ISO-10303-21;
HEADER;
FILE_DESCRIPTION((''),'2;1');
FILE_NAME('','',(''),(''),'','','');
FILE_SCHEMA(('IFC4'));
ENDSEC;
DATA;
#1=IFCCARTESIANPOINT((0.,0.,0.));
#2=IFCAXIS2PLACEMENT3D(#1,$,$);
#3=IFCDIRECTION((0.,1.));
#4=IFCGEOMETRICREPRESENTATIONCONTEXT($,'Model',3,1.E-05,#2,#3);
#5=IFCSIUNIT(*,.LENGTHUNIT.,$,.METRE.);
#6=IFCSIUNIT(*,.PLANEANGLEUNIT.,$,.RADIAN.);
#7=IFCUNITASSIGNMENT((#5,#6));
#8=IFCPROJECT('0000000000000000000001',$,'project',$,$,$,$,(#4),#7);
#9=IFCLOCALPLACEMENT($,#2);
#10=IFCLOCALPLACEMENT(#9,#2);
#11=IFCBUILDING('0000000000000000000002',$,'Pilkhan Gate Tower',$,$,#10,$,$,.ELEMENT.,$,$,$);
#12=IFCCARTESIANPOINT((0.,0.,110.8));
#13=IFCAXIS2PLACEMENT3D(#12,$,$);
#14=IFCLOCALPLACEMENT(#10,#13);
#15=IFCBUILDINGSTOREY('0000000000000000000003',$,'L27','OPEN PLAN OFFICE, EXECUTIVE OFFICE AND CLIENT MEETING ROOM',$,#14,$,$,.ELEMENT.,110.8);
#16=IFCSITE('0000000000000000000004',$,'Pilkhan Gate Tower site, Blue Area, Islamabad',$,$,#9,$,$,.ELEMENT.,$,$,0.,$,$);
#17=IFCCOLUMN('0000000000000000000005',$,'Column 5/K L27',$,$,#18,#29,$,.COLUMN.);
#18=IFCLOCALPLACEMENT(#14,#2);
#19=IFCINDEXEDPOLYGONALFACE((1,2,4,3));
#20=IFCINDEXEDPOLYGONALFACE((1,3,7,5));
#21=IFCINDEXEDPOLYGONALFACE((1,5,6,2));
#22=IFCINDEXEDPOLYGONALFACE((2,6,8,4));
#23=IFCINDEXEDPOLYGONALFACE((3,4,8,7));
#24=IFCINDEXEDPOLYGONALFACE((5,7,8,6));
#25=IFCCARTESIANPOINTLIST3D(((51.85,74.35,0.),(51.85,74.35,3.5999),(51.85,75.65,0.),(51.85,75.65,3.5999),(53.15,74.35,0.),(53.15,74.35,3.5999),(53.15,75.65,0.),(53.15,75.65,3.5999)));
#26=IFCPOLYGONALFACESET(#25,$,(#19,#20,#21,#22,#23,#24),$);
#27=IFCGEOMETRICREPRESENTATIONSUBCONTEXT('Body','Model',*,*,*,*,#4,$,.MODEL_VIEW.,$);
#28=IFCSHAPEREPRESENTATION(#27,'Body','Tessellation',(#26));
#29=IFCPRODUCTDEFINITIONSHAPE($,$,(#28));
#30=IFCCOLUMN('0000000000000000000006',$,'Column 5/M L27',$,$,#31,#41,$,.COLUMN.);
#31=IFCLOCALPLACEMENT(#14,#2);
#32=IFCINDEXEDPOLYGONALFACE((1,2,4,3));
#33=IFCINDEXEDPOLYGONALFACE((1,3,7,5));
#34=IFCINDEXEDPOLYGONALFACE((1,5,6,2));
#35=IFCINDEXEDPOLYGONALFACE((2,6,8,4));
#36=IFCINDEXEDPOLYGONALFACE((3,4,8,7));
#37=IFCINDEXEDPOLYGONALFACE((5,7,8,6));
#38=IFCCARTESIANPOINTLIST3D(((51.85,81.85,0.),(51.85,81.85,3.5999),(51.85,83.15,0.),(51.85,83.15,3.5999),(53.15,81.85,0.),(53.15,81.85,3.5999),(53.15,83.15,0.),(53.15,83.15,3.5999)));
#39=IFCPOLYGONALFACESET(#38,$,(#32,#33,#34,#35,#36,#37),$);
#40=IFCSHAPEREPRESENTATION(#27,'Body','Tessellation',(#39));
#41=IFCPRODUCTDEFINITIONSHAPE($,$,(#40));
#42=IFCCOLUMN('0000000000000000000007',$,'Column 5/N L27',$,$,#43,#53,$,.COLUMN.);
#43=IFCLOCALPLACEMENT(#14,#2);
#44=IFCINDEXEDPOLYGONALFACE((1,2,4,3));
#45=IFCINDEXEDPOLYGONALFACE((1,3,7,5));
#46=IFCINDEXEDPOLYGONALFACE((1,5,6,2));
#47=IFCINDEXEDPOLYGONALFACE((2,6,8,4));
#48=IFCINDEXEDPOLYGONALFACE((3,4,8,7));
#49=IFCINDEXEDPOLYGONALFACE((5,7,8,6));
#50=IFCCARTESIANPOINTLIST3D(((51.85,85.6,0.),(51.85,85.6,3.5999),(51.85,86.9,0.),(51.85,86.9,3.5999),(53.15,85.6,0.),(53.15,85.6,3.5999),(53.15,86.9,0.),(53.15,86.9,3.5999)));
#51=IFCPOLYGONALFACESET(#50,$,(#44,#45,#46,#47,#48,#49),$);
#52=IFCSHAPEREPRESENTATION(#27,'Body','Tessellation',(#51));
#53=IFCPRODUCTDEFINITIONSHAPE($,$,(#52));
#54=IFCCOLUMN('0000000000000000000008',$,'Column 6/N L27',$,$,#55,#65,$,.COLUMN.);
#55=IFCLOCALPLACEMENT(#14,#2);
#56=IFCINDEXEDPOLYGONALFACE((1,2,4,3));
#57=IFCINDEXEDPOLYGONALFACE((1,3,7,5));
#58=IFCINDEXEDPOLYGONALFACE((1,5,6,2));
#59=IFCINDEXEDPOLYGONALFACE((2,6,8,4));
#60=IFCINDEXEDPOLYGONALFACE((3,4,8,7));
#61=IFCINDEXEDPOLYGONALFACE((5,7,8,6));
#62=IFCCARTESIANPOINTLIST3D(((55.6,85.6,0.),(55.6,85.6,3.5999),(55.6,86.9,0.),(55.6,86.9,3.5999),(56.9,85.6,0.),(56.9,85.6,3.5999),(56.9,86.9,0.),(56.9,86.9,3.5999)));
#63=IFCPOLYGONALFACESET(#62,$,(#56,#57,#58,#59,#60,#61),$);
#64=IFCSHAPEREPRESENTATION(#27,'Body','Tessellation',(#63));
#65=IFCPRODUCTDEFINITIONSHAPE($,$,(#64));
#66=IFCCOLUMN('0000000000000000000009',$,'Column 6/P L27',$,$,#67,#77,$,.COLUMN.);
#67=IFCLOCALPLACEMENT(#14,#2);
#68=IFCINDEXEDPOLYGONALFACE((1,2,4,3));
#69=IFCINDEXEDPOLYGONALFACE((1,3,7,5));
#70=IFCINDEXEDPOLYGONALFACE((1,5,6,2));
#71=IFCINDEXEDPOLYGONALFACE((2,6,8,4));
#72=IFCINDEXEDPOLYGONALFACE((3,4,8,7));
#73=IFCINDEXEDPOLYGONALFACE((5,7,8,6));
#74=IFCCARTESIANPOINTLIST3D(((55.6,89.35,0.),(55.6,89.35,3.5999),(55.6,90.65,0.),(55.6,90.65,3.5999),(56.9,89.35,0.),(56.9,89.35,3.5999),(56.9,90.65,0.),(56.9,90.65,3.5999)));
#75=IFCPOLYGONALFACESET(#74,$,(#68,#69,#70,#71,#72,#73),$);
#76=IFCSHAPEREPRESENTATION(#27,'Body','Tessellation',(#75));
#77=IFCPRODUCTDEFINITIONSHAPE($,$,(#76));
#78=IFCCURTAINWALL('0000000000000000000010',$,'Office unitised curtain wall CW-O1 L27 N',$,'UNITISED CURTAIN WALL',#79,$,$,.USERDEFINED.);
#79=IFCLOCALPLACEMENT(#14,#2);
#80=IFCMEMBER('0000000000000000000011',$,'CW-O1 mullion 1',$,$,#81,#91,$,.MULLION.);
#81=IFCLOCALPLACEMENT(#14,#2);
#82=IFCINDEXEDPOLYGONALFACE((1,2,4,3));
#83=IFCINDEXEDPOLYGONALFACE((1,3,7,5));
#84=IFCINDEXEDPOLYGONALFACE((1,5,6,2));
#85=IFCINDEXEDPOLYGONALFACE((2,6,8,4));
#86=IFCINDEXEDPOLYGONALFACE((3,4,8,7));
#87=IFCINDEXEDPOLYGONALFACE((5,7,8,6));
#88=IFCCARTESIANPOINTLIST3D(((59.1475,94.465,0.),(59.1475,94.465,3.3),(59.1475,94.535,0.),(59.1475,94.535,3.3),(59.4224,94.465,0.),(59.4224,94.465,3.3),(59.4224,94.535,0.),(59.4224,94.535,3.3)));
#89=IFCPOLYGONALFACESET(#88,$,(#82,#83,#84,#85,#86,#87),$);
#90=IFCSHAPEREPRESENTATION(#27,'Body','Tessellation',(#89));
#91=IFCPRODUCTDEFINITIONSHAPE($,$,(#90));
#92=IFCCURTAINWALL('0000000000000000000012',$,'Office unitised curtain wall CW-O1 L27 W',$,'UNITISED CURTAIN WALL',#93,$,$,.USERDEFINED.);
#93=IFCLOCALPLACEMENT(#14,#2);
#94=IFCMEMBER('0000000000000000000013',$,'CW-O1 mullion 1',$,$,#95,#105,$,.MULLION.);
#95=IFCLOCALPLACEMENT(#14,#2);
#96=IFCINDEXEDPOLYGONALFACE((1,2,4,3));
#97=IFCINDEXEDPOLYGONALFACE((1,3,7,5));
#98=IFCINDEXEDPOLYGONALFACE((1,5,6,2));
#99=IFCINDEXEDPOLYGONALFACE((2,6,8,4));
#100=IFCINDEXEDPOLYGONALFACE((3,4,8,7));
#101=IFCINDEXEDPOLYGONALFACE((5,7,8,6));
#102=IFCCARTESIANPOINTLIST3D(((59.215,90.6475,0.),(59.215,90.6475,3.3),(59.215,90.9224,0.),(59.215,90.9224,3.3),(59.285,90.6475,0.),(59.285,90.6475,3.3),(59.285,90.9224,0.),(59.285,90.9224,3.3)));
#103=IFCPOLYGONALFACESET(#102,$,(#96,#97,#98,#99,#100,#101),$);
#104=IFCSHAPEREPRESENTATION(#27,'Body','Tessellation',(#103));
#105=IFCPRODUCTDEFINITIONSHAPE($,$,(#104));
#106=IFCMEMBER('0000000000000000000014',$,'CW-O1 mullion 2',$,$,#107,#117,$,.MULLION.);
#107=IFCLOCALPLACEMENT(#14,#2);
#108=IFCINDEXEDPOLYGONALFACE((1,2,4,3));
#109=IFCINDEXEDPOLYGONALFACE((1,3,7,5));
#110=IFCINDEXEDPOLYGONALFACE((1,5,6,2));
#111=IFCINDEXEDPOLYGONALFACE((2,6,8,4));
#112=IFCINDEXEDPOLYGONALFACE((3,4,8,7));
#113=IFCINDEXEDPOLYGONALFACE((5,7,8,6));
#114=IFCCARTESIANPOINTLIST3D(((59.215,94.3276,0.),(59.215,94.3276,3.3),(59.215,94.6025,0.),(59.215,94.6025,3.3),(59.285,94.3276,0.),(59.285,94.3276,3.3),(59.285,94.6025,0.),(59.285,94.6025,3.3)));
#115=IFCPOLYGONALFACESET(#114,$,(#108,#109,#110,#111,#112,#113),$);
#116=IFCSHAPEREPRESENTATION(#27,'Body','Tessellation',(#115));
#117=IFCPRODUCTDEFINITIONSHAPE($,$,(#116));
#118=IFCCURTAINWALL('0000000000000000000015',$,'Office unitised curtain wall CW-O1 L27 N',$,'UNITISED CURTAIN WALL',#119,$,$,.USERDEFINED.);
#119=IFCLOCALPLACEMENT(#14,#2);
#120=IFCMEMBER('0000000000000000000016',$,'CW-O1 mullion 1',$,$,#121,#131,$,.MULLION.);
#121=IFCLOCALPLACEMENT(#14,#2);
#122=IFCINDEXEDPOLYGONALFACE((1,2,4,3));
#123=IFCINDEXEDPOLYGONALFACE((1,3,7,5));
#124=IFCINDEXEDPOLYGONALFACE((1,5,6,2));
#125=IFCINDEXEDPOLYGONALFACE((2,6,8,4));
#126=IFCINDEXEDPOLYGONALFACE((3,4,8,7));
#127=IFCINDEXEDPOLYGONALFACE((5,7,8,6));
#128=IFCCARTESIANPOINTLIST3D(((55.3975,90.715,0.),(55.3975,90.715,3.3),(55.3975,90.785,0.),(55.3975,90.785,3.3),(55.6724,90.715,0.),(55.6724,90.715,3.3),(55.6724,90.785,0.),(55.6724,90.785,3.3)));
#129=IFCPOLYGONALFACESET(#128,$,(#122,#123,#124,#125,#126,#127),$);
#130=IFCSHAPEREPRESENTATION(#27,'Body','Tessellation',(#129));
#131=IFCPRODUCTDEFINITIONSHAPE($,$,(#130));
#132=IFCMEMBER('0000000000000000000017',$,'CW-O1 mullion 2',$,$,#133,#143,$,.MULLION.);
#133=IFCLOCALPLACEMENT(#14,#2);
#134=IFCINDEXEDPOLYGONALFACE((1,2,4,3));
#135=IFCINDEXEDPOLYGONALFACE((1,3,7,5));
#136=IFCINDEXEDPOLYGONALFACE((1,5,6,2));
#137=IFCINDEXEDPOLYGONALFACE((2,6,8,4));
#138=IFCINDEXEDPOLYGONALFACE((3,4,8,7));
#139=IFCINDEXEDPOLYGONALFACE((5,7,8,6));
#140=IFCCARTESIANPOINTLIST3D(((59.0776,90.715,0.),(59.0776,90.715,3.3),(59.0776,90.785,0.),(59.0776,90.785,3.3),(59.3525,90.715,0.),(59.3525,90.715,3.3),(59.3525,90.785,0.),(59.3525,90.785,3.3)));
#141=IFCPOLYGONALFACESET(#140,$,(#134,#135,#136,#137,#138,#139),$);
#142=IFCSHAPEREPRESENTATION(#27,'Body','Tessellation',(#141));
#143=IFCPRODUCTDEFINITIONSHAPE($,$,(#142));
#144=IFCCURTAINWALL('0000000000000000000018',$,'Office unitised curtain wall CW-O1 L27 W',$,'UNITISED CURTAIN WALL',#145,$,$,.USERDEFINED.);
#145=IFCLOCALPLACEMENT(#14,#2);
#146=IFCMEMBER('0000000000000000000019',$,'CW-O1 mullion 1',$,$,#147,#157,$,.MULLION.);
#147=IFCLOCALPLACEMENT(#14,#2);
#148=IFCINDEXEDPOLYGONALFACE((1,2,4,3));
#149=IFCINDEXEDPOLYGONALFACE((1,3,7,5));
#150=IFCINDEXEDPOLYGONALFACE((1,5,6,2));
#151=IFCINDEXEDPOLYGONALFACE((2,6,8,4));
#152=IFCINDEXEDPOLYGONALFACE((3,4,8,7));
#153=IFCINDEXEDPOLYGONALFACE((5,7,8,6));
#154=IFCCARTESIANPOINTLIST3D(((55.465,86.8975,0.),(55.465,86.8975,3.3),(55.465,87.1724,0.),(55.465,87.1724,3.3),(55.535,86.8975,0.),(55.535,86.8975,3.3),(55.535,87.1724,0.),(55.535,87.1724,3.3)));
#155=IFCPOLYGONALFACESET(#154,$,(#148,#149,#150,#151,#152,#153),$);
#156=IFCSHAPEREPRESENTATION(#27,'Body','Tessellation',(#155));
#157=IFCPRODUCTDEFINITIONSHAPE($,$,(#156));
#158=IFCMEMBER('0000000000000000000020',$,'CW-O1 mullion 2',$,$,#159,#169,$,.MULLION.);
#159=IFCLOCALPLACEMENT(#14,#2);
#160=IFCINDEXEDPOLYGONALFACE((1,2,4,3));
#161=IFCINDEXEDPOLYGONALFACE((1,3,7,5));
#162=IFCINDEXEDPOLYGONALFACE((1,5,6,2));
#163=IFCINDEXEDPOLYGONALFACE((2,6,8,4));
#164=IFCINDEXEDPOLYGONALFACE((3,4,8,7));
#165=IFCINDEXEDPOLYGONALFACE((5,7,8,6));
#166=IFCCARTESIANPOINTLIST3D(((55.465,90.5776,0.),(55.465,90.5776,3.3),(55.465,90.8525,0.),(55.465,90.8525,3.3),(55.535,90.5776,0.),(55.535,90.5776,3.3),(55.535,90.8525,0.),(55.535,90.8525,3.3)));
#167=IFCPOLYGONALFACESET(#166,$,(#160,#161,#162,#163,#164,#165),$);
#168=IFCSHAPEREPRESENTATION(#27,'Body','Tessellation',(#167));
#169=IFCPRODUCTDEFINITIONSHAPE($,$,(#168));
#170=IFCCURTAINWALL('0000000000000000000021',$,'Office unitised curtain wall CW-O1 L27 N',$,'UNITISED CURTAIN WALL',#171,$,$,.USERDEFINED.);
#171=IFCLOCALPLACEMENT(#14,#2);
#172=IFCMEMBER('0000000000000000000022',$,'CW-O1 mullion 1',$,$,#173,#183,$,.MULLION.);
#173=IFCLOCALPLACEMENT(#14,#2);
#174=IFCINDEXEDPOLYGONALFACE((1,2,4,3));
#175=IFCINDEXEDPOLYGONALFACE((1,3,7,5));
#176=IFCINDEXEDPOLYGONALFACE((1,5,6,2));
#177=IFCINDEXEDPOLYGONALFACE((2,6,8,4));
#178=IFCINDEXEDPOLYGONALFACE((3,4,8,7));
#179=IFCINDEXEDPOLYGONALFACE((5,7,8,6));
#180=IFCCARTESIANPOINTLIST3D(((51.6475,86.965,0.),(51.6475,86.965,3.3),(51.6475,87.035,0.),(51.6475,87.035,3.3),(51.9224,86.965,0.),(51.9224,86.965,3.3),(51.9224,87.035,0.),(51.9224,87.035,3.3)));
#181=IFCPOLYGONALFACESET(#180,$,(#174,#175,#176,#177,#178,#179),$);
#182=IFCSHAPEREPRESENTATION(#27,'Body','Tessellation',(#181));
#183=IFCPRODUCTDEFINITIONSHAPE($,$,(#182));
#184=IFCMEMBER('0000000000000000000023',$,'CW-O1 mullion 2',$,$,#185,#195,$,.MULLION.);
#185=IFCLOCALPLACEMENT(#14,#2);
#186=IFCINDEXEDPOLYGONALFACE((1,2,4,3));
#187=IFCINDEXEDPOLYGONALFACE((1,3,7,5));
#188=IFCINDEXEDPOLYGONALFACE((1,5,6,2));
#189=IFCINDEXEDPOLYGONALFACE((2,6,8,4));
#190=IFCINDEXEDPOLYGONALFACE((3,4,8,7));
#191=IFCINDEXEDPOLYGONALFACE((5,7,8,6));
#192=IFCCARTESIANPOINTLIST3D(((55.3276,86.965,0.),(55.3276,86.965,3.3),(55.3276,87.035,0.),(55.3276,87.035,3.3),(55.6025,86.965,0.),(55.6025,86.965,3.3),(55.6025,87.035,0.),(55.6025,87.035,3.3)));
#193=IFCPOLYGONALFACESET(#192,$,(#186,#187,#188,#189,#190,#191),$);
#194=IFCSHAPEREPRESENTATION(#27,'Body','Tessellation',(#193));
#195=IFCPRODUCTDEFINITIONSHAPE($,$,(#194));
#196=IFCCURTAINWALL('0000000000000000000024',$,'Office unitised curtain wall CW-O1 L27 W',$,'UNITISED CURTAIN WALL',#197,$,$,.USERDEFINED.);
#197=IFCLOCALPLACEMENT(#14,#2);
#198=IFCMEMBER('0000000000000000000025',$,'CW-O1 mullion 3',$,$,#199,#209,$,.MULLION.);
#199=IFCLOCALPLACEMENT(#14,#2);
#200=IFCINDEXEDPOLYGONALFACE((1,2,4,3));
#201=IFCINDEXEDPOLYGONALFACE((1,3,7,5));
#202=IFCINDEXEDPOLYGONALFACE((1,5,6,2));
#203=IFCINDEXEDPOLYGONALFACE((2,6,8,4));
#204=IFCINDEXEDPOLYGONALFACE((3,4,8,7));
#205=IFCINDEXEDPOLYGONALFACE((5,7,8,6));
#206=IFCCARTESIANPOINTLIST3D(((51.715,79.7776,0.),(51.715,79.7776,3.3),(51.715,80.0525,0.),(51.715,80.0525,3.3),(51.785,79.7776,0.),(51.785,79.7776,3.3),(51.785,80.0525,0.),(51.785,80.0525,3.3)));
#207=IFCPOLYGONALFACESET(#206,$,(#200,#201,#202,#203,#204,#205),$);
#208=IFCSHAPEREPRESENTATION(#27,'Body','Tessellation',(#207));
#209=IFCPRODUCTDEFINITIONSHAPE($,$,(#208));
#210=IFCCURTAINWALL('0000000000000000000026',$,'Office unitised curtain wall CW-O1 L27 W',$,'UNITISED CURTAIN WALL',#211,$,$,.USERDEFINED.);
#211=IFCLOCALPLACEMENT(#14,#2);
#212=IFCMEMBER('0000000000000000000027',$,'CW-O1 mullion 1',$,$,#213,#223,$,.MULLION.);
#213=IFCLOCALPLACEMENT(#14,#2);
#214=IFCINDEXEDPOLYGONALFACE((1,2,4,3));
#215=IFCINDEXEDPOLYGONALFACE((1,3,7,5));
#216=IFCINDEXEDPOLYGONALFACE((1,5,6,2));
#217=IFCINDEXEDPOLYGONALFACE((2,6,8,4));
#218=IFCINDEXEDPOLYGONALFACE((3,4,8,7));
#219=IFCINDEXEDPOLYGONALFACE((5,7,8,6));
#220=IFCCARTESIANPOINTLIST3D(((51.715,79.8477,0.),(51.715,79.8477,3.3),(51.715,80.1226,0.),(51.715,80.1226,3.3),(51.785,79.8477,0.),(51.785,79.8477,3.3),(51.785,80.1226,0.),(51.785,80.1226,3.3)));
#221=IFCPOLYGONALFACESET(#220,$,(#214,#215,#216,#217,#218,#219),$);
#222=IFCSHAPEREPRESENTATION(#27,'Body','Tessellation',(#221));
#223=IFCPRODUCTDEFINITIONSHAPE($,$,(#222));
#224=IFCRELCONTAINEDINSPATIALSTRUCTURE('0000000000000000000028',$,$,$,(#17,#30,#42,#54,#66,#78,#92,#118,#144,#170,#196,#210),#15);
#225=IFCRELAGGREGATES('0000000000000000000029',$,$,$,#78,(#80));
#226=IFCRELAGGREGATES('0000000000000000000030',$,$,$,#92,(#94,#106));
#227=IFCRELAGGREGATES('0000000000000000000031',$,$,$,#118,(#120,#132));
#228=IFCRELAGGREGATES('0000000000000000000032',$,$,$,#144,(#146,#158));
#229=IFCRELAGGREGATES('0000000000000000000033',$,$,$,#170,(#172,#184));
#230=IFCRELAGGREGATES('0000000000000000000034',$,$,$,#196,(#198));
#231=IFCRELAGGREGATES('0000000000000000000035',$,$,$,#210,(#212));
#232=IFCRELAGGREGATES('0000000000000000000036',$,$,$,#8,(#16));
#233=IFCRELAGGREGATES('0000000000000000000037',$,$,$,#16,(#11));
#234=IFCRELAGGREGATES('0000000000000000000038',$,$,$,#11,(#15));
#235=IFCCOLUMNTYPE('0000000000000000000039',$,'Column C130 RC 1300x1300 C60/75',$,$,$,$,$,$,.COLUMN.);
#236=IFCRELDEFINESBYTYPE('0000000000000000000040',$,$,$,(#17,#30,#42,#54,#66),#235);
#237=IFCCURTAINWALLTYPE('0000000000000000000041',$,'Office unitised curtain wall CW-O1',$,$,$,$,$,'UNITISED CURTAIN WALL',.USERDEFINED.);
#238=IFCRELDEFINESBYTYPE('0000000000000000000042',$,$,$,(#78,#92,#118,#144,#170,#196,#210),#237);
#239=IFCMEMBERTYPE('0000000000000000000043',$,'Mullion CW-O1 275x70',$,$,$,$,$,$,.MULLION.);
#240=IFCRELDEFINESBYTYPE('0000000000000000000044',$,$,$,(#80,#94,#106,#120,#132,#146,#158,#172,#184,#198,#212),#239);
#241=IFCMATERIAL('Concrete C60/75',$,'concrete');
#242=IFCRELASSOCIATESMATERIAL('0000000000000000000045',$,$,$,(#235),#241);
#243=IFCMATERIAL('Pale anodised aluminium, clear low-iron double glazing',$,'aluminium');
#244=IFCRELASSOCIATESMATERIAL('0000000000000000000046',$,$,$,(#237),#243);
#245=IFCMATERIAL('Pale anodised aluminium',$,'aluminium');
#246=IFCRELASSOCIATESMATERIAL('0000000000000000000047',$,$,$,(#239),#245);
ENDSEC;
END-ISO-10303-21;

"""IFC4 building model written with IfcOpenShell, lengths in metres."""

from ifc_helpers import new_model, si_unit, direction, frame, origin, origin_2d, place, context, subcontext, project, spatial, rectangle, extrude, material, material_profile, profile_set, type_object, element, aggregate, save


model = new_model("IFC4")

# Units and contexts
model_context = context("Model", 3, precision=1e-05, world=origin(), true_north=direction((0.0, 1.0)))
body_context = subcontext(model_context, "Body", "Model", "MODEL_VIEW")
ifc_project = project(units=[si_unit("LENGTHUNIT", "METRE"), si_unit("PLANEANGLEUNIT", "RADIAN")], contexts=[model_context])

# Site, building, storey
site_placement = place(None, origin())
site = spatial("IfcSite", under=ifc_project, at=site_placement, Name="Pilkhan Gate Tower site, Blue Area, Islamabad", CompositionType="ELEMENT", RefElevation=0.0)
building_placement = place(site_placement, origin())
building = spatial("IfcBuilding", under=site, at=building_placement, Name="Pilkhan Gate Tower", CompositionType="ELEMENT")
storey_placement = place(building_placement, frame((0.0, 0.0, 110.8)))
storey = spatial("IfcBuildingStorey", under=building, at=storey_placement, Name="L27", Description="OPEN PLAN OFFICE, EXECUTIVE OFFICE AND CLIENT MEETING ROOM", CompositionType="ELEMENT", Elevation=110.8)

# Columns
ifc_material_1 = material(Name="Concrete C60/75", Category="concrete")
ifc_material_profile_1 = material_profile(ifc_material_1, rectangle(XDim=1.3, YDim=1.3, at=origin_2d()), Name="RC 1300x1300")
ifc_profile_set_1 = profile_set([ifc_material_profile_1], Name="Concrete C60/75")
column_type = type_object("IfcColumnType", Name="Column C130 RC 1300x1300 C60/75", PredefinedType="COLUMN", material=ifc_profile_set_1)
for number, where, z_axis, x_axis, name in (
    (1, (52.5, 75.0, 0.0), (0.0, 0.0, 1.0), (1.0, 0.0, 0.0), "Column 5/K L27"),
    (2, (52.5, 82.5, 0.0), (0.0, 0.0, 1.0), (1.0, 0.0, 0.0), "Column 5/M L27"),
    (3, (52.5, 86.25, 0.0), (0.0, 0.0, 1.0), (1.0, 0.0, 0.0), "Column 5/N L27"),
    (4, (56.25, 86.25, 0.0), (0.0, 0.0, 1.0), (1.0, 0.0, 0.0), "Column 6/N L27"),
    (5, (56.25, 90.0, 0.0), (0.0, 0.0, 1.0), (1.0, 0.0, 0.0), "Column 6/P L27"),
):
    element("IfcColumn", number, at=place(storey_placement, frame(where, z_axis=z_axis, x_axis=x_axis)), inside=storey, type_object=column_type, Name=name, PredefinedType="COLUMN", context=body_context, shape_type="SweptSolid", body=[
        extrude(rectangle(XDim=1.3, YDim=1.3, at=origin_2d()), origin(), (0.0, 0.0, 1.0), 3.5999),
    ])

# Curtain wall, member
ifc_material_2 = material(Name="Pale anodised aluminium, clear low-iron double glazing", Category="aluminium")
curtain_wall_type = type_object("IfcCurtainWallType", Name="Office unitised curtain wall CW-O1", ElementType="UNITISED CURTAIN WALL", PredefinedType="USERDEFINED", material=ifc_material_2)
curtain_wall_1_placement = place(storey_placement, origin())
curtain_wall_1 = element("IfcCurtainWall", 6, at=curtain_wall_1_placement, inside=storey, type_object=curtain_wall_type, Name="Office unitised curtain wall CW-O1 L27 N", ObjectType="UNITISED CURTAIN WALL", PredefinedType="USERDEFINED")
ifc_material_3 = material(Name="Pale anodised aluminium", Category="aluminium")
ifc_material_profile_2 = material_profile(ifc_material_3, rectangle(XDim=0.0701, YDim=0.2749, at=origin_2d()), Name="Mullion 275x70")
ifc_profile_set_2 = profile_set([ifc_material_profile_2], Name="Pale anodised aluminium")
member_type_1 = type_object("IfcMemberType", Name="Mullion CW-O1 275x70", PredefinedType="MULLION", material=ifc_profile_set_2)
member_1_placement = place(storey_placement, frame((59.2849, 94.5, 0.0), z_axis=(0.0, 0.0, 1.0), x_axis=(0.0, 1.0, 0.0)))
member_1 = element("IfcMember", 7, at=member_1_placement, type_object=member_type_1, Name="CW-O1 mullion 1", PredefinedType="MULLION", context=body_context, shape_type="SweptSolid", body=[
    extrude(rectangle(XDim=0.0701, YDim=0.2749, at=origin_2d()), origin(), (0.0, 0.0, 1.0), 3.3),
])

# Curtain walls, members
curtain_wall_2_placement = place(storey_placement, origin())
curtain_wall_2 = element("IfcCurtainWall", 8, at=curtain_wall_2_placement, inside=storey, type_object=curtain_wall_type, Name="Office unitised curtain wall CW-O1 L27 W", ObjectType="UNITISED CURTAIN WALL", PredefinedType="USERDEFINED")
member_2_placement = place(storey_placement, frame((59.25, 90.7849, 0.0), z_axis=(0.0, 0.0, 1.0), x_axis=(-1.0, 0.0, 0.0)))
member_2 = element("IfcMember", 9, at=member_2_placement, type_object=member_type_1, Name="CW-O1 mullion 1", PredefinedType="MULLION", context=body_context, shape_type="SweptSolid", body=[
    extrude(rectangle(XDim=0.0701, YDim=0.2749, at=origin_2d()), origin(), (0.0, 0.0, 1.0), 3.3),
])
member_3_placement = place(storey_placement, frame((59.25, 94.4651, 0.0), z_axis=(0.0, 0.0, 1.0), x_axis=(-1.0, 0.0, 0.0)))
member_3 = element("IfcMember", 10, at=member_3_placement, type_object=member_type_1, Name="CW-O1 mullion 2", PredefinedType="MULLION", context=body_context, shape_type="SweptSolid", body=[
    extrude(rectangle(XDim=0.0701, YDim=0.2749, at=origin_2d()), origin(), (0.0, 0.0, 1.0), 3.3),
])
curtain_wall_3_placement = place(storey_placement, origin())
curtain_wall_3 = element("IfcCurtainWall", 11, at=curtain_wall_3_placement, inside=storey, type_object=curtain_wall_type, Name="Office unitised curtain wall CW-O1 L27 N", ObjectType="UNITISED CURTAIN WALL", PredefinedType="USERDEFINED")
member_4_placement = place(storey_placement, frame((55.5349, 90.75, 0.0), z_axis=(0.0, 0.0, 1.0), x_axis=(0.0, 1.0, 0.0)))
member_4 = element("IfcMember", 12, at=member_4_placement, type_object=member_type_1, Name="CW-O1 mullion 1", PredefinedType="MULLION", context=body_context, shape_type="SweptSolid", body=[
    extrude(rectangle(XDim=0.0701, YDim=0.2749, at=origin_2d()), origin(), (0.0, 0.0, 1.0), 3.3),
])
member_5_placement = place(storey_placement, frame((59.2151, 90.75, 0.0), z_axis=(0.0, 0.0, 1.0), x_axis=(0.0, 1.0, 0.0)))
member_5 = element("IfcMember", 13, at=member_5_placement, type_object=member_type_1, Name="CW-O1 mullion 2", PredefinedType="MULLION", context=body_context, shape_type="SweptSolid", body=[
    extrude(rectangle(XDim=0.0701, YDim=0.2749, at=origin_2d()), origin(), (0.0, 0.0, 1.0), 3.3),
])
curtain_wall_4_placement = place(storey_placement, origin())
curtain_wall_4 = element("IfcCurtainWall", 14, at=curtain_wall_4_placement, inside=storey, type_object=curtain_wall_type, Name="Office unitised curtain wall CW-O1 L27 W", ObjectType="UNITISED CURTAIN WALL", PredefinedType="USERDEFINED")
member_6_placement = place(storey_placement, frame((55.5, 87.0349, 0.0), z_axis=(0.0, 0.0, 1.0), x_axis=(-1.0, 0.0, 0.0)))
member_6 = element("IfcMember", 15, at=member_6_placement, type_object=member_type_1, Name="CW-O1 mullion 1", PredefinedType="MULLION", context=body_context, shape_type="SweptSolid", body=[
    extrude(rectangle(XDim=0.0701, YDim=0.2749, at=origin_2d()), origin(), (0.0, 0.0, 1.0), 3.3),
])
member_7_placement = place(storey_placement, frame((55.5, 90.7151, 0.0), z_axis=(0.0, 0.0, 1.0), x_axis=(-1.0, 0.0, 0.0)))
member_7 = element("IfcMember", 16, at=member_7_placement, type_object=member_type_1, Name="CW-O1 mullion 2", PredefinedType="MULLION", context=body_context, shape_type="SweptSolid", body=[
    extrude(rectangle(XDim=0.0701, YDim=0.2749, at=origin_2d()), origin(), (0.0, 0.0, 1.0), 3.3),
])
curtain_wall_5_placement = place(storey_placement, origin())
curtain_wall_5 = element("IfcCurtainWall", 17, at=curtain_wall_5_placement, inside=storey, type_object=curtain_wall_type, Name="Office unitised curtain wall CW-O1 L27 N", ObjectType="UNITISED CURTAIN WALL", PredefinedType="USERDEFINED")
member_8_placement = place(storey_placement, frame((51.7849, 87.0, 0.0), z_axis=(0.0, 0.0, 1.0), x_axis=(0.0, 1.0, 0.0)))
member_8 = element("IfcMember", 18, at=member_8_placement, type_object=member_type_1, Name="CW-O1 mullion 1", PredefinedType="MULLION", context=body_context, shape_type="SweptSolid", body=[
    extrude(rectangle(XDim=0.0701, YDim=0.2749, at=origin_2d()), origin(), (0.0, 0.0, 1.0), 3.3),
])
member_9_placement = place(storey_placement, frame((55.4651, 87.0, 0.0), z_axis=(0.0, 0.0, 1.0), x_axis=(0.0, 1.0, 0.0)))
member_9 = element("IfcMember", 19, at=member_9_placement, type_object=member_type_1, Name="CW-O1 mullion 2", PredefinedType="MULLION", context=body_context, shape_type="SweptSolid", body=[
    extrude(rectangle(XDim=0.0701, YDim=0.2749, at=origin_2d()), origin(), (0.0, 0.0, 1.0), 3.3),
])

# Curtain wall, member
curtain_wall_6_placement = place(storey_placement, origin())
curtain_wall_6 = element("IfcCurtainWall", 20, at=curtain_wall_6_placement, inside=storey, type_object=curtain_wall_type, Name="Office unitised curtain wall CW-O1 L27 W", ObjectType="UNITISED CURTAIN WALL", PredefinedType="USERDEFINED")
member_10_placement = place(storey_placement, frame((51.75, 79.915, 0.0), z_axis=(0.0, 0.0, 1.0), x_axis=(-1.0, 0.0, 0.0)))
member_10 = element("IfcMember", 21, at=member_10_placement, type_object=member_type_1, Name="CW-O1 mullion 3", PredefinedType="MULLION", context=body_context, shape_type="SweptSolid", body=[
    extrude(rectangle(XDim=0.0701, YDim=0.2749, at=origin_2d()), origin(), (0.0, 0.0, 1.0), 3.3),
])

# Curtain wall, member
curtain_wall_7_placement = place(storey_placement, origin())
curtain_wall_7 = element("IfcCurtainWall", 22, at=curtain_wall_7_placement, inside=storey, type_object=curtain_wall_type, Name="Office unitised curtain wall CW-O1 L27 W", ObjectType="UNITISED CURTAIN WALL", PredefinedType="USERDEFINED")
member_11_placement = place(storey_placement, frame((51.75, 79.9851, 0.0), z_axis=(0.0, 0.0, 1.0), x_axis=(-1.0, 0.0, 0.0)))
member_11 = element("IfcMember", 23, at=member_11_placement, type_object=member_type_1, Name="CW-O1 mullion 1", PredefinedType="MULLION", context=body_context, shape_type="SweptSolid", body=[
    extrude(rectangle(XDim=0.0701, YDim=0.2749, at=origin_2d()), origin(), (0.0, 0.0, 1.0), 3.3),
])

aggregate(curtain_wall_1, [member_1])

aggregate(curtain_wall_2, [member_2, member_3])
aggregate(curtain_wall_3, [member_4, member_5])
aggregate(curtain_wall_4, [member_6, member_7])
aggregate(curtain_wall_5, [member_8, member_9])
aggregate(curtain_wall_6, [member_10])
aggregate(curtain_wall_7, [member_11])

save(model, "model.ifc")
